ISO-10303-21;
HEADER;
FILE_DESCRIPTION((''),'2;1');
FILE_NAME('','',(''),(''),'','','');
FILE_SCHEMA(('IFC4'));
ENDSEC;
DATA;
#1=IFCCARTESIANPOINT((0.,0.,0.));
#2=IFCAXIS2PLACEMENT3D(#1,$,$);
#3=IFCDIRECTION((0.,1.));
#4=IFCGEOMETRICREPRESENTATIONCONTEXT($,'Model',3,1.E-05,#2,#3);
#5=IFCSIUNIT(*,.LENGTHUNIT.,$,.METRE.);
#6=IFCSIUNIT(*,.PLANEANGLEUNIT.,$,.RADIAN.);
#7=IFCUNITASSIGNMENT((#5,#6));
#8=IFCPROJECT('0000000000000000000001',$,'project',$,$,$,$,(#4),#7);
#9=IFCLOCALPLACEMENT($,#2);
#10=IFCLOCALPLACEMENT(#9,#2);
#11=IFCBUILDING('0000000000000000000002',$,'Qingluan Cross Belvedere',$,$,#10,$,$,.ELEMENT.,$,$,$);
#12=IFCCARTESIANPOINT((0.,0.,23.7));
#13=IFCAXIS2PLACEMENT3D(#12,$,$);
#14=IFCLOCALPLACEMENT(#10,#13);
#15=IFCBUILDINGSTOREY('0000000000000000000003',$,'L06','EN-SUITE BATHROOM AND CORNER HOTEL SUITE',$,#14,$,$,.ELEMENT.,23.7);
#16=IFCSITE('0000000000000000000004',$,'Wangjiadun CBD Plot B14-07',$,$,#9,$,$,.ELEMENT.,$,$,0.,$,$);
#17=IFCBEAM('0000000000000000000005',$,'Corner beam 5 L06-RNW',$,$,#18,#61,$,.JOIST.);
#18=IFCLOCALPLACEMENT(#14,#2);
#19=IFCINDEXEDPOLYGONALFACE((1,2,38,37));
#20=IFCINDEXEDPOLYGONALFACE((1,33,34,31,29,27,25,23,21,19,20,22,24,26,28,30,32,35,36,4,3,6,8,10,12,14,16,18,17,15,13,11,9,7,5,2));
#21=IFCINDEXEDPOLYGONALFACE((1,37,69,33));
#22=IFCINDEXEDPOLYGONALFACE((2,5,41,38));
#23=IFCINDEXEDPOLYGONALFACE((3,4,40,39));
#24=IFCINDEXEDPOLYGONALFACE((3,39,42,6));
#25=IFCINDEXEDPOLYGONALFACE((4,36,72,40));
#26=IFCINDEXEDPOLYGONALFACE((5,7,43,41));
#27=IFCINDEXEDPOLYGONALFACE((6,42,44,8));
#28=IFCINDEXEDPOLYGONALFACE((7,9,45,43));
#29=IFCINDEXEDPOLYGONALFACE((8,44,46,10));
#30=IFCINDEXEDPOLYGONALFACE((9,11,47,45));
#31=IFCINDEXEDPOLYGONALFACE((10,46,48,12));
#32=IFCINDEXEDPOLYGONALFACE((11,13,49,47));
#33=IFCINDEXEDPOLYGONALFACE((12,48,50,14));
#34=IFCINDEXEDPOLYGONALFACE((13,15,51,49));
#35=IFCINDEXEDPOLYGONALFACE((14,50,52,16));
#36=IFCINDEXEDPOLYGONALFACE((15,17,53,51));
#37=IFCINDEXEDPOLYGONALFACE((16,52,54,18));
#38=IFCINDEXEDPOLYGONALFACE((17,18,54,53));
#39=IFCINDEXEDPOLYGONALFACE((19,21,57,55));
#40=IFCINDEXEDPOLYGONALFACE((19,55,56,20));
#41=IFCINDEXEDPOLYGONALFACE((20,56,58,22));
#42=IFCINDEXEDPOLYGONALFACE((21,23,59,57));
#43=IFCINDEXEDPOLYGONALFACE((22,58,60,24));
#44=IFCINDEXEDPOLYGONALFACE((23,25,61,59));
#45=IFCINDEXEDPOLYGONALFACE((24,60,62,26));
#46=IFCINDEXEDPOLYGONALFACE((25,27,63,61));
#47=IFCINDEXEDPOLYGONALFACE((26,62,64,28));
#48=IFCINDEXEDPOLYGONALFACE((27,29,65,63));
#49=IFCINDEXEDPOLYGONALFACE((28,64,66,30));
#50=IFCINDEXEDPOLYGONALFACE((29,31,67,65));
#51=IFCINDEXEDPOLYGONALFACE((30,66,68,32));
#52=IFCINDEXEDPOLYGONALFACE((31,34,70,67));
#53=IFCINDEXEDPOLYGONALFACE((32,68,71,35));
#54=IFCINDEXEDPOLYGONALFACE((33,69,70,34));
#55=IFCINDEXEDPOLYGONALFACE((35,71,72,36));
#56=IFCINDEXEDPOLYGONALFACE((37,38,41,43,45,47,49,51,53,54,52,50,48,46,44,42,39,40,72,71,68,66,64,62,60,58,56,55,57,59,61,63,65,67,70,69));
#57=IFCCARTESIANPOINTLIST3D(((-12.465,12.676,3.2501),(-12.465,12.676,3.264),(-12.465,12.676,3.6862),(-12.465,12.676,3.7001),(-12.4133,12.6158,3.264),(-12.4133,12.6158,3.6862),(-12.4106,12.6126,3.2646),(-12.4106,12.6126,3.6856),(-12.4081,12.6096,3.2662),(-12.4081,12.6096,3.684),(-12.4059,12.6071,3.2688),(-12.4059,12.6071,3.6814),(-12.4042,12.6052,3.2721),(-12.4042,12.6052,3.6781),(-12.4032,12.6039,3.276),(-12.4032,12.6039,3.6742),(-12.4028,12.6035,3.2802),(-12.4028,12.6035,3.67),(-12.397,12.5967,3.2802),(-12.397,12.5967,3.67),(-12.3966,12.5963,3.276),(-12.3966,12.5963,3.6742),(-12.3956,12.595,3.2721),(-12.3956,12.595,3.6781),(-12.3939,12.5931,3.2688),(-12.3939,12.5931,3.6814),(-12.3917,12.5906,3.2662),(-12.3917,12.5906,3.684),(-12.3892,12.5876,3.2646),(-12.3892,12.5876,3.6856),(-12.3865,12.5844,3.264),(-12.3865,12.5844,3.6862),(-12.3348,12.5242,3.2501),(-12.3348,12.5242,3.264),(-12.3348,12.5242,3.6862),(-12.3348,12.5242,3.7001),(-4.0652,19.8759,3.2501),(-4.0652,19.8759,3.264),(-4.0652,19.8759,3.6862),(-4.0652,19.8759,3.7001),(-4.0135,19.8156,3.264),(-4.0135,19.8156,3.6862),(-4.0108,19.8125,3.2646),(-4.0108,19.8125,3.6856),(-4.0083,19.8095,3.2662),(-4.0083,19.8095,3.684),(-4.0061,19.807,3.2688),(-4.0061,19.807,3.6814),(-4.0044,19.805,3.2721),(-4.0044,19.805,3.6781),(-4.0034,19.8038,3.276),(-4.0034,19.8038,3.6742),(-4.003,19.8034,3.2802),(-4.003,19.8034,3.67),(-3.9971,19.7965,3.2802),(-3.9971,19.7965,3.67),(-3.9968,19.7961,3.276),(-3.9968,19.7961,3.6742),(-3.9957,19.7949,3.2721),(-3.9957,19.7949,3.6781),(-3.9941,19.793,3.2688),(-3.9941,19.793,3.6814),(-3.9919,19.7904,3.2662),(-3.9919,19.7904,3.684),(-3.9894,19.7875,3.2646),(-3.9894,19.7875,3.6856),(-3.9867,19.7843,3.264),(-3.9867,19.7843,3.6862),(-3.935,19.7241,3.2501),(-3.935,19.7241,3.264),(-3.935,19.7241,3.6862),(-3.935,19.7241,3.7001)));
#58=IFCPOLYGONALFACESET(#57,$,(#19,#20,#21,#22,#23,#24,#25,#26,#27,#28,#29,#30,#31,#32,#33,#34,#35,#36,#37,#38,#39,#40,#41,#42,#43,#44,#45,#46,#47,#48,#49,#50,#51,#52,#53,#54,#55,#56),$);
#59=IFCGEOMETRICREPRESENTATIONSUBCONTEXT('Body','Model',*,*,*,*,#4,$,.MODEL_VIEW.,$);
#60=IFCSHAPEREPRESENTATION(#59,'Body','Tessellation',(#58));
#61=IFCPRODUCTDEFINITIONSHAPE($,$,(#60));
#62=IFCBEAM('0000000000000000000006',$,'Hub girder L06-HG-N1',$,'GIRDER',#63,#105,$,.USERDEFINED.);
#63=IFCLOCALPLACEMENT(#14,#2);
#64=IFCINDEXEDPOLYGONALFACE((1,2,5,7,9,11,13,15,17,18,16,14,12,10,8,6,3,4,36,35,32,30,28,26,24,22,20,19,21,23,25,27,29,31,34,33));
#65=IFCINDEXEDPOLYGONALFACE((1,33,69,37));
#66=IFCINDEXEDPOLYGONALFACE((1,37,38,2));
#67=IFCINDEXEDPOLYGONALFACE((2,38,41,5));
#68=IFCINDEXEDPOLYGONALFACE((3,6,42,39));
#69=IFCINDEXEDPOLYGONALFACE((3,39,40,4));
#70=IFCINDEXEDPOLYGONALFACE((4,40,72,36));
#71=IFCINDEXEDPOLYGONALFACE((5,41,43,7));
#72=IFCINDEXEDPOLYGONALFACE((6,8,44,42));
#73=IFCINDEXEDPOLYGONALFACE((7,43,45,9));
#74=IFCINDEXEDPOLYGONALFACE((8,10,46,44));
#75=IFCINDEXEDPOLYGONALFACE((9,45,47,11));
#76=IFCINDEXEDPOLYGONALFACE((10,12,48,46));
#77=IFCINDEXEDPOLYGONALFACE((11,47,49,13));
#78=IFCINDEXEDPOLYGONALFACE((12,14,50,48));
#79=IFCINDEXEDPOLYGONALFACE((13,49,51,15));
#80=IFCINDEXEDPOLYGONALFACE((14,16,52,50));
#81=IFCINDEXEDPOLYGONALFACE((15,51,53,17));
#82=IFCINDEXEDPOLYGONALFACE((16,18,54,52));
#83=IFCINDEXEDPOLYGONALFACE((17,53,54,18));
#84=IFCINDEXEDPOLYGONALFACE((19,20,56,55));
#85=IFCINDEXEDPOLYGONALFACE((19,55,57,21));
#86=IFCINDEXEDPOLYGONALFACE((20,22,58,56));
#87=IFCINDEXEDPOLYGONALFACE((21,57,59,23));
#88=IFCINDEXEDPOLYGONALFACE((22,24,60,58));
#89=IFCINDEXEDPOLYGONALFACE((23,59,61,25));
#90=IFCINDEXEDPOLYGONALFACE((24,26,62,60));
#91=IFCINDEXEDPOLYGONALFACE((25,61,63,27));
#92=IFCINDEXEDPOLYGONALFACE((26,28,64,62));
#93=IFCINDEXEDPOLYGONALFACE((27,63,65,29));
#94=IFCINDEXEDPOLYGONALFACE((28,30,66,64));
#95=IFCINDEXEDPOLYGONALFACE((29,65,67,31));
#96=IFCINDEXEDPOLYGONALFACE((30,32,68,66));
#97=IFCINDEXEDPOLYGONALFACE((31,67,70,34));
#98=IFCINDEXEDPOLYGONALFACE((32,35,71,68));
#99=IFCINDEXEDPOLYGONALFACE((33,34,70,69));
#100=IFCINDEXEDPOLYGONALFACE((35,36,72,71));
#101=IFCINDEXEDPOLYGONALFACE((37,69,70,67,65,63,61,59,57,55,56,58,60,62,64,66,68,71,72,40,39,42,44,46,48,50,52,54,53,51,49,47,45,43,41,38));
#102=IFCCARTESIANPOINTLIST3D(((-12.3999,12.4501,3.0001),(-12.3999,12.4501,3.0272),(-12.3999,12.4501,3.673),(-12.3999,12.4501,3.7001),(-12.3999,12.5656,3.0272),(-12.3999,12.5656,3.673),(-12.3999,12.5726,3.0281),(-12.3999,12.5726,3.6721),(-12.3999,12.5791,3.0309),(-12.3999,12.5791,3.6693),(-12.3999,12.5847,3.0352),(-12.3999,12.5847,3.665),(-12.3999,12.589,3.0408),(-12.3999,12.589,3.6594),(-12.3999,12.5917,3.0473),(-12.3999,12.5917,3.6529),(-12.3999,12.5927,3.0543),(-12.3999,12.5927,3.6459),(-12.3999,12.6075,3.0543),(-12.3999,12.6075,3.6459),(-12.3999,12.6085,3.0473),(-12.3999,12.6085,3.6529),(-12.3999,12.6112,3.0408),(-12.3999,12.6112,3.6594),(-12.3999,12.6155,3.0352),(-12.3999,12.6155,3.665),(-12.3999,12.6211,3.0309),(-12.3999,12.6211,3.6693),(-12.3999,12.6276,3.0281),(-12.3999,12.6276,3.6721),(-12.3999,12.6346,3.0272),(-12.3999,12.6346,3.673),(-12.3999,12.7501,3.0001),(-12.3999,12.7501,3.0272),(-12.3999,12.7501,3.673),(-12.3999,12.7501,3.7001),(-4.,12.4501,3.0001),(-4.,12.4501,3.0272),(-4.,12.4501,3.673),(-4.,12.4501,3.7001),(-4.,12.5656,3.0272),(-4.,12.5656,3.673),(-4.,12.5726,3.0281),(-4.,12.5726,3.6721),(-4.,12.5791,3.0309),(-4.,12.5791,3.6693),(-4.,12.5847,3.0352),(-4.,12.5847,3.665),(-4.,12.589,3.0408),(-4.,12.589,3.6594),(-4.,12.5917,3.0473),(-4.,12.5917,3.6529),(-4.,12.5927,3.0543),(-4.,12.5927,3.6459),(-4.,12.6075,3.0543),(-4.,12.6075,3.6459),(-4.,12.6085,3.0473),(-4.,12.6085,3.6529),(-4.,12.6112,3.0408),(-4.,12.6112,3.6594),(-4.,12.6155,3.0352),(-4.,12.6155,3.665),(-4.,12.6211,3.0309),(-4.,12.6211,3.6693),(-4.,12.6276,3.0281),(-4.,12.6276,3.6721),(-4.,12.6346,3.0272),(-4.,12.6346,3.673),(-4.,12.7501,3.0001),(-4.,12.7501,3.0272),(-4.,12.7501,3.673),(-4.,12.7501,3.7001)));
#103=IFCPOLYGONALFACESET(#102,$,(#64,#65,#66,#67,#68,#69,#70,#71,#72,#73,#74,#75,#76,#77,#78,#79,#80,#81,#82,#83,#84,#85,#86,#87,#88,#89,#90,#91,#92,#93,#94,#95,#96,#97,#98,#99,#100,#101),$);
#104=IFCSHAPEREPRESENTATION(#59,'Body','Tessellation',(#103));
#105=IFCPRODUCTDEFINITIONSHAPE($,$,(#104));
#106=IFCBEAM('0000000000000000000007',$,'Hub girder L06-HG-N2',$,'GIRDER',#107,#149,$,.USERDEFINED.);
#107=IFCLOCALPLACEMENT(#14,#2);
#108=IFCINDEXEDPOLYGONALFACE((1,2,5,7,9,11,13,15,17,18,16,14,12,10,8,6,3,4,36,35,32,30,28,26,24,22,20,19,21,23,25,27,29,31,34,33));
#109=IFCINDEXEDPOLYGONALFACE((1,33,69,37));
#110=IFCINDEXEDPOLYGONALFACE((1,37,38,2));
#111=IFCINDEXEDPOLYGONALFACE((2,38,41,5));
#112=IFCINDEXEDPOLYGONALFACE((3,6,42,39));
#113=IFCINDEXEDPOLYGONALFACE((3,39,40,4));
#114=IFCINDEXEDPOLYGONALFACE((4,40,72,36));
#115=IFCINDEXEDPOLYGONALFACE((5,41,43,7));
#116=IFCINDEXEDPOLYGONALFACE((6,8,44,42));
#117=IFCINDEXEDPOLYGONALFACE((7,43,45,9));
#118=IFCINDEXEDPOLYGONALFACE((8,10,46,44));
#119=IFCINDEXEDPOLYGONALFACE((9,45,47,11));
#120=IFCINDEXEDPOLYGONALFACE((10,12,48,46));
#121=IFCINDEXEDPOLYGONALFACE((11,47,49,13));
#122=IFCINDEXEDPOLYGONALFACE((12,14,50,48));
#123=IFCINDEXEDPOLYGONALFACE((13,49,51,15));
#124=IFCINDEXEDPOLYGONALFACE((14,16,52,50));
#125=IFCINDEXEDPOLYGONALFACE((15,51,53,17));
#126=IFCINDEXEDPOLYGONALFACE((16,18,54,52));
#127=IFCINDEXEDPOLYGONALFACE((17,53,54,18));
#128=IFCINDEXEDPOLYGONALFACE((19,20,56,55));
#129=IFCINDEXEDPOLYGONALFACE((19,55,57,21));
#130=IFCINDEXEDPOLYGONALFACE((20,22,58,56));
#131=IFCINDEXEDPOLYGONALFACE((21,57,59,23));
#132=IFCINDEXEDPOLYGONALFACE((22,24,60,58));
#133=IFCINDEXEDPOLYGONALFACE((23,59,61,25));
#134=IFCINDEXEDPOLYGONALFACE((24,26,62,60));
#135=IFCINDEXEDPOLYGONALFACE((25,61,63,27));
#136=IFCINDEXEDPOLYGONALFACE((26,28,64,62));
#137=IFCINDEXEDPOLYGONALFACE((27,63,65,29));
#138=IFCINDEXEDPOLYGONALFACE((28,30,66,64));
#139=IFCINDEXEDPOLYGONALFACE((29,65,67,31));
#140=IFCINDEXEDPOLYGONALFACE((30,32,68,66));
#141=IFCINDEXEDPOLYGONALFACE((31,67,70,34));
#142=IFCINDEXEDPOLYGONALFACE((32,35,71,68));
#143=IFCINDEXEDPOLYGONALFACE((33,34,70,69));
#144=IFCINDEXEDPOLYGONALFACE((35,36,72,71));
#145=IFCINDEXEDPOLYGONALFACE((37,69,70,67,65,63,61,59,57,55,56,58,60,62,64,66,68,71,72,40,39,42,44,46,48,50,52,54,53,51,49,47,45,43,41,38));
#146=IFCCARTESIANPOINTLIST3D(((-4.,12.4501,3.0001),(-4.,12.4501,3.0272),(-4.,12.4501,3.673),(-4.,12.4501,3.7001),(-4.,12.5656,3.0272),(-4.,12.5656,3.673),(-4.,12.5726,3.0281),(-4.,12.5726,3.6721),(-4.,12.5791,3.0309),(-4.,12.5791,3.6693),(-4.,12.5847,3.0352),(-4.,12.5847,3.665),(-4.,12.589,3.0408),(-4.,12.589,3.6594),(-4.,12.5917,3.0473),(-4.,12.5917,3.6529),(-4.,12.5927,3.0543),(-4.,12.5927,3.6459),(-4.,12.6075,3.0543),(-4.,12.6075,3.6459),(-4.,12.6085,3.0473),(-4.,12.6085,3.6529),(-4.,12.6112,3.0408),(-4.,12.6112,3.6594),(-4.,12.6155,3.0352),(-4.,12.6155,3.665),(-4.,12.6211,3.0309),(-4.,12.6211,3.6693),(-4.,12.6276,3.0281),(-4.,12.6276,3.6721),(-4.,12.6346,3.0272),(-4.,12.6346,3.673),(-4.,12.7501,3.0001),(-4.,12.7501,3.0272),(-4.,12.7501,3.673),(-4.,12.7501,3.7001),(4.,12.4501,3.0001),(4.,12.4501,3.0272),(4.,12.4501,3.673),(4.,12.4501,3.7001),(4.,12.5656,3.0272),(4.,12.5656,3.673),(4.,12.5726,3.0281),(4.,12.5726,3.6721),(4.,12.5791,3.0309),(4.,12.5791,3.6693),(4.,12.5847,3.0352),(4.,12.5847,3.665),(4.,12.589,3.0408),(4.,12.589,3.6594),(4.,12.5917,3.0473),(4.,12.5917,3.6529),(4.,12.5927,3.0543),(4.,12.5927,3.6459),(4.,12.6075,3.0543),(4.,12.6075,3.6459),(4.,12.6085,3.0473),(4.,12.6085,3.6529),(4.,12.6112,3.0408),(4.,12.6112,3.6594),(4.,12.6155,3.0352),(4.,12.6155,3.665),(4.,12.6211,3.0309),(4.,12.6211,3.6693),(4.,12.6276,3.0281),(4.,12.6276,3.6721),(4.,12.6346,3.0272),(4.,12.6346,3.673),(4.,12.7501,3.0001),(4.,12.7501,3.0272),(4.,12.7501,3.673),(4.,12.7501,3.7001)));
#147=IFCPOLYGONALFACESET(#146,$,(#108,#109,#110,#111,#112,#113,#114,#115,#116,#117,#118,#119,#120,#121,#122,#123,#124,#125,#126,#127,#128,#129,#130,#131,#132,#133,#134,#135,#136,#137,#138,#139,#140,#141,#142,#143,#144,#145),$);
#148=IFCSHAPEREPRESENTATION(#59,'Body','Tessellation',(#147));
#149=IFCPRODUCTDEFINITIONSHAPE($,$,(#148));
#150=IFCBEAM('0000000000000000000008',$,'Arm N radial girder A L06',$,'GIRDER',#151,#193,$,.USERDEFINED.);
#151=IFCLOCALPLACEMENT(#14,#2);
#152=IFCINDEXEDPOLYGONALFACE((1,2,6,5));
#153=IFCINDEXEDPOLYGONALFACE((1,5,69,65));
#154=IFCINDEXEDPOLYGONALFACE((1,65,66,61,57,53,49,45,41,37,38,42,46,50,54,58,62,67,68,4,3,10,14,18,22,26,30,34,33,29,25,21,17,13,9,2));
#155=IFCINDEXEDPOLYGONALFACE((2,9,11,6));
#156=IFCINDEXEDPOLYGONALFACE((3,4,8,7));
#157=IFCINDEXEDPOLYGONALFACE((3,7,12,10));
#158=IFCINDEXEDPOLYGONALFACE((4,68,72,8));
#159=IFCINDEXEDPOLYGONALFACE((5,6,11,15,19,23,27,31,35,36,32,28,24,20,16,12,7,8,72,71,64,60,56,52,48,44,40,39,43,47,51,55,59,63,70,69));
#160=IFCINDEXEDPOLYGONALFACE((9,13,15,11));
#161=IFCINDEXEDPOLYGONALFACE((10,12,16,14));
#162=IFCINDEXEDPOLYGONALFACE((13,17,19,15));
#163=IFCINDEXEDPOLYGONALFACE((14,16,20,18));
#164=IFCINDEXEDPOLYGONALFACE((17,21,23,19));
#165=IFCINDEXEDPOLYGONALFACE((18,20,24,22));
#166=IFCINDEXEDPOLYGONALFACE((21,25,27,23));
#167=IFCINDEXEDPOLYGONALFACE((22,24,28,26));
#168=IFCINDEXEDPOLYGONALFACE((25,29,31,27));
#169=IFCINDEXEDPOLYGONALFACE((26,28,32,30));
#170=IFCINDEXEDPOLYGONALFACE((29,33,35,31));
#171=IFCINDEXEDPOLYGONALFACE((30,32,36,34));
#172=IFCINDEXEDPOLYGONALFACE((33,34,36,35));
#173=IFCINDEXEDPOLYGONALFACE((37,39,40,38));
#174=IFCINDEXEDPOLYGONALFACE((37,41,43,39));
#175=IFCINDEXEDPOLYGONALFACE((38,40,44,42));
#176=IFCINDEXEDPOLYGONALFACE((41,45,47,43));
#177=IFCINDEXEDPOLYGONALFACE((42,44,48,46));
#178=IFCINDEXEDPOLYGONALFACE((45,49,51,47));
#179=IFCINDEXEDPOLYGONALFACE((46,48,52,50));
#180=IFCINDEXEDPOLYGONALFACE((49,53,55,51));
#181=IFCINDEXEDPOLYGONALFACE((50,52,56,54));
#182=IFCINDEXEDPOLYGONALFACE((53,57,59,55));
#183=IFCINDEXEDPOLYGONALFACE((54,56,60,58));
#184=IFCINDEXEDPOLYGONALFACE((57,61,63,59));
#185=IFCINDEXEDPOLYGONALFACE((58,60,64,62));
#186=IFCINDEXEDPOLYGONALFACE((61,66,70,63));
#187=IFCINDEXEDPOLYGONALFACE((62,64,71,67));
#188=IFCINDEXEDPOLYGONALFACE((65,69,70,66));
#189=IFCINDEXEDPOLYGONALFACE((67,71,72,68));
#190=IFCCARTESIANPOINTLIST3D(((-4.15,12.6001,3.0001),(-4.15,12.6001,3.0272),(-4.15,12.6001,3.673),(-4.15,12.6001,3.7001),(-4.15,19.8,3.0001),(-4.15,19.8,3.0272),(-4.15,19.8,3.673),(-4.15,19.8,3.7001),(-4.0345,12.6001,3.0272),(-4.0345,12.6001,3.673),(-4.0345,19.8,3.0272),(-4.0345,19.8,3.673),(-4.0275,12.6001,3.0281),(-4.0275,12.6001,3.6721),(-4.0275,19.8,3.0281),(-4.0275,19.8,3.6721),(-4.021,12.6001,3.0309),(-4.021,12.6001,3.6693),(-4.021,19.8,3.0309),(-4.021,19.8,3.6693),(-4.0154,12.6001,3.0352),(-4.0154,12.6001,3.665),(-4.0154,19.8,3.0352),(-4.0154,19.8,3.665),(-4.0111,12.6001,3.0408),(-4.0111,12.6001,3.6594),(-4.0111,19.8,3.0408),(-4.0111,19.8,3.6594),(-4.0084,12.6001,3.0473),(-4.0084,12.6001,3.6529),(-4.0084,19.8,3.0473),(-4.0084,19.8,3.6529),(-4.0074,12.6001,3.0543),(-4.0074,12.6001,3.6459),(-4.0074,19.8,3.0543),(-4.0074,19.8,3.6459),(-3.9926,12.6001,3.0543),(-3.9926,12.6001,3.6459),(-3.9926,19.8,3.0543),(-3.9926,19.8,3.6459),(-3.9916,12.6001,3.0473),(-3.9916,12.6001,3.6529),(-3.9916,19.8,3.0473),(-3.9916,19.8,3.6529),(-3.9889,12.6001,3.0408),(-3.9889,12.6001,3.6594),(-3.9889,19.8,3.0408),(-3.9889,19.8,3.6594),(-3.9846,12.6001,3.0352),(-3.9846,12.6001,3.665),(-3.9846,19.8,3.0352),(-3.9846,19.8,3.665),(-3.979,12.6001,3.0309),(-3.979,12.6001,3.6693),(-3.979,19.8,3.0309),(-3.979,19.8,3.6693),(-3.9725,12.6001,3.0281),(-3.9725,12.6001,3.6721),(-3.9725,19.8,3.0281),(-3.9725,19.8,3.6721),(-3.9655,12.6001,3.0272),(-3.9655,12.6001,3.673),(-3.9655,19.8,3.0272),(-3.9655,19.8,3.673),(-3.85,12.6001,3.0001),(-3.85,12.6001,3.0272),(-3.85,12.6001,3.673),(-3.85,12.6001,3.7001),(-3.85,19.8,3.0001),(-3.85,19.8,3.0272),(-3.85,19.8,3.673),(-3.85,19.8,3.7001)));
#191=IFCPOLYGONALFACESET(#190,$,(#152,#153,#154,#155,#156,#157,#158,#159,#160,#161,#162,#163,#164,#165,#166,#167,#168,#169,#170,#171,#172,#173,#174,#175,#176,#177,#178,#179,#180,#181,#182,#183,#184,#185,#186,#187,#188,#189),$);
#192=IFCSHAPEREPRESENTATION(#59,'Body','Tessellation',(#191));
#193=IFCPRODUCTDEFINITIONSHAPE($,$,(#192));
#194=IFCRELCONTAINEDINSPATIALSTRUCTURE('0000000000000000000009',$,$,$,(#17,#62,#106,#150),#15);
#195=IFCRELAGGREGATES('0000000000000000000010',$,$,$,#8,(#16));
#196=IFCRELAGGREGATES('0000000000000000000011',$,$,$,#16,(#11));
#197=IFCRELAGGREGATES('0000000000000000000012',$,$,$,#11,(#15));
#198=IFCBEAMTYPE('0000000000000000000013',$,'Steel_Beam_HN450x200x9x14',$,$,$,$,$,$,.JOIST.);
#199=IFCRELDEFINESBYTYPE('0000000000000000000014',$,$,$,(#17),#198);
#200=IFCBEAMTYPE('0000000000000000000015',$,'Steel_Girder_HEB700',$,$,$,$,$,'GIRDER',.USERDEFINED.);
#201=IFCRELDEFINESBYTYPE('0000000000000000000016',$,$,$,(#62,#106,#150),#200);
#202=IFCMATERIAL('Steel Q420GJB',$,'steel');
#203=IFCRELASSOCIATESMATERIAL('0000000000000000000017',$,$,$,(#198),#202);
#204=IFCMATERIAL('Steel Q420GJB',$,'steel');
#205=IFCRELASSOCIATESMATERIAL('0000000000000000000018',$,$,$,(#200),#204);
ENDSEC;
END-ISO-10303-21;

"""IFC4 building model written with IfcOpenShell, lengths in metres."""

from ifc_helpers import new_model, si_unit, direction, frame, origin, origin_2d, place, context, subcontext, project, spatial, i_section, extrude, material, material_profile, profile_set, type_object, element, save


model = new_model("IFC4")

# Units and contexts
model_context = context("Model", 3, precision=1e-05, world=origin(), true_north=direction((0.0, 1.0)))
body_context = subcontext(model_context, "Body", "Model", "MODEL_VIEW")
ifc_project = project(units=[si_unit("LENGTHUNIT", "METRE"), si_unit("PLANEANGLEUNIT", "RADIAN")], contexts=[model_context])

# Site, building, storey
site_placement = place(None, origin())
site = spatial("IfcSite", under=ifc_project, at=site_placement, Name="Wangjiadun CBD Plot B14-07", CompositionType="ELEMENT", RefElevation=0.0)
building_placement = place(site_placement, origin())
building = spatial("IfcBuilding", under=site, at=building_placement, Name="Qingluan Cross Belvedere", CompositionType="ELEMENT")
storey_placement = place(building_placement, frame((0.0, 0.0, 23.7)))
storey = spatial("IfcBuildingStorey", under=building, at=storey_placement, Name="L06", Description="EN-SUITE BATHROOM AND CORNER HOTEL SUITE", CompositionType="ELEMENT", Elevation=23.7)

# Beams
ifc_material_1 = material(Name="Steel Q420GJB", Category="steel")
ifc_material_profile_1 = material_profile(ifc_material_1, i_section(OverallWidth=0.2, OverallDepth=0.45, WebThickness=0.009, FlangeThickness=0.0139, FilletRadius=0.0161, at=origin_2d()), Name="HN450x200x9x14")
ifc_profile_set_1 = profile_set([ifc_material_profile_1], Name="Steel Q420GJB")
beam_type_1 = type_object("IfcBeamType", Name="Steel_Beam_HN450x200x9x14", PredefinedType="JOIST", material=ifc_profile_set_1)
beam_1_placement = place(storey_placement, frame((-12.3999, 12.6001, 3.4751), z_axis=(0.759255, 0.650793, 0.0), x_axis=(-0.650793, 0.759255, 0.0)))
element("IfcBeam", 1, at=beam_1_placement, inside=storey, type_object=beam_type_1, Name="Corner beam 5 L06-RNW", PredefinedType="JOIST", context=body_context, shape_type="SweptSolid", body=[
    extrude(i_section(OverallWidth=0.2, OverallDepth=0.45, WebThickness=0.009, FlangeThickness=0.0139, FilletRadius=0.0161, at=origin_2d()), origin(), (0.0, 0.0, 1.0), 11.0632),
])
ifc_material_2 = material(Name="Steel Q420GJB", Category="steel")
ifc_material_profile_2 = material_profile(ifc_material_2, i_section(OverallWidth=0.3, OverallDepth=0.7, WebThickness=0.0149, FlangeThickness=0.0271, FilletRadius=0.0271, at=origin_2d()), Name="HEB700")
ifc_profile_set_2 = profile_set([ifc_material_profile_2], Name="Steel Q420GJB")
beam_type_2 = type_object("IfcBeamType", Name="Steel_Girder_HEB700", ElementType="GIRDER", PredefinedType="USERDEFINED", material=ifc_profile_set_2)
beam_2_placement = place(storey_placement, frame((-12.3999, 12.6001, 3.3501), z_axis=(1.0, 0.0, 0.0), x_axis=(0.0, 1.0, 0.0)))
element("IfcBeam", 2, at=beam_2_placement, inside=storey, type_object=beam_type_2, Name="Hub girder L06-HG-N1", ObjectType="GIRDER", PredefinedType="USERDEFINED", context=body_context, shape_type="SweptSolid", body=[
    extrude(i_section(OverallWidth=0.3, OverallDepth=0.7, WebThickness=0.0149, FlangeThickness=0.0271, FilletRadius=0.0271, at=origin_2d()), origin(), (0.0, 0.0, 1.0), 8.3999),
])
beam_3_placement = place(storey_placement, frame((-4.0, 12.6001, 3.3501), z_axis=(1.0, 0.0, 0.0), x_axis=(0.0, 1.0, 0.0)))
element("IfcBeam", 3, at=beam_3_placement, inside=storey, type_object=beam_type_2, Name="Hub girder L06-HG-N2", ObjectType="GIRDER", PredefinedType="USERDEFINED", context=body_context, shape_type="SweptSolid", body=[
    extrude(i_section(OverallWidth=0.3, OverallDepth=0.7, WebThickness=0.0149, FlangeThickness=0.0271, FilletRadius=0.0271, at=origin_2d()), origin(), (0.0, 0.0, 1.0), 8.0),
])
beam_4_placement = place(storey_placement, frame((-4.0, 12.6001, 3.3501), z_axis=(0.0, 1.0, 0.0), x_axis=(-1.0, 0.0, 0.0)))
element("IfcBeam", 4, at=beam_4_placement, inside=storey, type_object=beam_type_2, Name="Arm N radial girder A L06", ObjectType="GIRDER", PredefinedType="USERDEFINED", context=body_context, shape_type="SweptSolid", body=[
    extrude(i_section(OverallWidth=0.3, OverallDepth=0.7, WebThickness=0.0149, FlangeThickness=0.0271, FilletRadius=0.0271, at=origin_2d()), origin(), (0.0, 0.0, 1.0), 7.2),
])

save(model, "model.ifc")
